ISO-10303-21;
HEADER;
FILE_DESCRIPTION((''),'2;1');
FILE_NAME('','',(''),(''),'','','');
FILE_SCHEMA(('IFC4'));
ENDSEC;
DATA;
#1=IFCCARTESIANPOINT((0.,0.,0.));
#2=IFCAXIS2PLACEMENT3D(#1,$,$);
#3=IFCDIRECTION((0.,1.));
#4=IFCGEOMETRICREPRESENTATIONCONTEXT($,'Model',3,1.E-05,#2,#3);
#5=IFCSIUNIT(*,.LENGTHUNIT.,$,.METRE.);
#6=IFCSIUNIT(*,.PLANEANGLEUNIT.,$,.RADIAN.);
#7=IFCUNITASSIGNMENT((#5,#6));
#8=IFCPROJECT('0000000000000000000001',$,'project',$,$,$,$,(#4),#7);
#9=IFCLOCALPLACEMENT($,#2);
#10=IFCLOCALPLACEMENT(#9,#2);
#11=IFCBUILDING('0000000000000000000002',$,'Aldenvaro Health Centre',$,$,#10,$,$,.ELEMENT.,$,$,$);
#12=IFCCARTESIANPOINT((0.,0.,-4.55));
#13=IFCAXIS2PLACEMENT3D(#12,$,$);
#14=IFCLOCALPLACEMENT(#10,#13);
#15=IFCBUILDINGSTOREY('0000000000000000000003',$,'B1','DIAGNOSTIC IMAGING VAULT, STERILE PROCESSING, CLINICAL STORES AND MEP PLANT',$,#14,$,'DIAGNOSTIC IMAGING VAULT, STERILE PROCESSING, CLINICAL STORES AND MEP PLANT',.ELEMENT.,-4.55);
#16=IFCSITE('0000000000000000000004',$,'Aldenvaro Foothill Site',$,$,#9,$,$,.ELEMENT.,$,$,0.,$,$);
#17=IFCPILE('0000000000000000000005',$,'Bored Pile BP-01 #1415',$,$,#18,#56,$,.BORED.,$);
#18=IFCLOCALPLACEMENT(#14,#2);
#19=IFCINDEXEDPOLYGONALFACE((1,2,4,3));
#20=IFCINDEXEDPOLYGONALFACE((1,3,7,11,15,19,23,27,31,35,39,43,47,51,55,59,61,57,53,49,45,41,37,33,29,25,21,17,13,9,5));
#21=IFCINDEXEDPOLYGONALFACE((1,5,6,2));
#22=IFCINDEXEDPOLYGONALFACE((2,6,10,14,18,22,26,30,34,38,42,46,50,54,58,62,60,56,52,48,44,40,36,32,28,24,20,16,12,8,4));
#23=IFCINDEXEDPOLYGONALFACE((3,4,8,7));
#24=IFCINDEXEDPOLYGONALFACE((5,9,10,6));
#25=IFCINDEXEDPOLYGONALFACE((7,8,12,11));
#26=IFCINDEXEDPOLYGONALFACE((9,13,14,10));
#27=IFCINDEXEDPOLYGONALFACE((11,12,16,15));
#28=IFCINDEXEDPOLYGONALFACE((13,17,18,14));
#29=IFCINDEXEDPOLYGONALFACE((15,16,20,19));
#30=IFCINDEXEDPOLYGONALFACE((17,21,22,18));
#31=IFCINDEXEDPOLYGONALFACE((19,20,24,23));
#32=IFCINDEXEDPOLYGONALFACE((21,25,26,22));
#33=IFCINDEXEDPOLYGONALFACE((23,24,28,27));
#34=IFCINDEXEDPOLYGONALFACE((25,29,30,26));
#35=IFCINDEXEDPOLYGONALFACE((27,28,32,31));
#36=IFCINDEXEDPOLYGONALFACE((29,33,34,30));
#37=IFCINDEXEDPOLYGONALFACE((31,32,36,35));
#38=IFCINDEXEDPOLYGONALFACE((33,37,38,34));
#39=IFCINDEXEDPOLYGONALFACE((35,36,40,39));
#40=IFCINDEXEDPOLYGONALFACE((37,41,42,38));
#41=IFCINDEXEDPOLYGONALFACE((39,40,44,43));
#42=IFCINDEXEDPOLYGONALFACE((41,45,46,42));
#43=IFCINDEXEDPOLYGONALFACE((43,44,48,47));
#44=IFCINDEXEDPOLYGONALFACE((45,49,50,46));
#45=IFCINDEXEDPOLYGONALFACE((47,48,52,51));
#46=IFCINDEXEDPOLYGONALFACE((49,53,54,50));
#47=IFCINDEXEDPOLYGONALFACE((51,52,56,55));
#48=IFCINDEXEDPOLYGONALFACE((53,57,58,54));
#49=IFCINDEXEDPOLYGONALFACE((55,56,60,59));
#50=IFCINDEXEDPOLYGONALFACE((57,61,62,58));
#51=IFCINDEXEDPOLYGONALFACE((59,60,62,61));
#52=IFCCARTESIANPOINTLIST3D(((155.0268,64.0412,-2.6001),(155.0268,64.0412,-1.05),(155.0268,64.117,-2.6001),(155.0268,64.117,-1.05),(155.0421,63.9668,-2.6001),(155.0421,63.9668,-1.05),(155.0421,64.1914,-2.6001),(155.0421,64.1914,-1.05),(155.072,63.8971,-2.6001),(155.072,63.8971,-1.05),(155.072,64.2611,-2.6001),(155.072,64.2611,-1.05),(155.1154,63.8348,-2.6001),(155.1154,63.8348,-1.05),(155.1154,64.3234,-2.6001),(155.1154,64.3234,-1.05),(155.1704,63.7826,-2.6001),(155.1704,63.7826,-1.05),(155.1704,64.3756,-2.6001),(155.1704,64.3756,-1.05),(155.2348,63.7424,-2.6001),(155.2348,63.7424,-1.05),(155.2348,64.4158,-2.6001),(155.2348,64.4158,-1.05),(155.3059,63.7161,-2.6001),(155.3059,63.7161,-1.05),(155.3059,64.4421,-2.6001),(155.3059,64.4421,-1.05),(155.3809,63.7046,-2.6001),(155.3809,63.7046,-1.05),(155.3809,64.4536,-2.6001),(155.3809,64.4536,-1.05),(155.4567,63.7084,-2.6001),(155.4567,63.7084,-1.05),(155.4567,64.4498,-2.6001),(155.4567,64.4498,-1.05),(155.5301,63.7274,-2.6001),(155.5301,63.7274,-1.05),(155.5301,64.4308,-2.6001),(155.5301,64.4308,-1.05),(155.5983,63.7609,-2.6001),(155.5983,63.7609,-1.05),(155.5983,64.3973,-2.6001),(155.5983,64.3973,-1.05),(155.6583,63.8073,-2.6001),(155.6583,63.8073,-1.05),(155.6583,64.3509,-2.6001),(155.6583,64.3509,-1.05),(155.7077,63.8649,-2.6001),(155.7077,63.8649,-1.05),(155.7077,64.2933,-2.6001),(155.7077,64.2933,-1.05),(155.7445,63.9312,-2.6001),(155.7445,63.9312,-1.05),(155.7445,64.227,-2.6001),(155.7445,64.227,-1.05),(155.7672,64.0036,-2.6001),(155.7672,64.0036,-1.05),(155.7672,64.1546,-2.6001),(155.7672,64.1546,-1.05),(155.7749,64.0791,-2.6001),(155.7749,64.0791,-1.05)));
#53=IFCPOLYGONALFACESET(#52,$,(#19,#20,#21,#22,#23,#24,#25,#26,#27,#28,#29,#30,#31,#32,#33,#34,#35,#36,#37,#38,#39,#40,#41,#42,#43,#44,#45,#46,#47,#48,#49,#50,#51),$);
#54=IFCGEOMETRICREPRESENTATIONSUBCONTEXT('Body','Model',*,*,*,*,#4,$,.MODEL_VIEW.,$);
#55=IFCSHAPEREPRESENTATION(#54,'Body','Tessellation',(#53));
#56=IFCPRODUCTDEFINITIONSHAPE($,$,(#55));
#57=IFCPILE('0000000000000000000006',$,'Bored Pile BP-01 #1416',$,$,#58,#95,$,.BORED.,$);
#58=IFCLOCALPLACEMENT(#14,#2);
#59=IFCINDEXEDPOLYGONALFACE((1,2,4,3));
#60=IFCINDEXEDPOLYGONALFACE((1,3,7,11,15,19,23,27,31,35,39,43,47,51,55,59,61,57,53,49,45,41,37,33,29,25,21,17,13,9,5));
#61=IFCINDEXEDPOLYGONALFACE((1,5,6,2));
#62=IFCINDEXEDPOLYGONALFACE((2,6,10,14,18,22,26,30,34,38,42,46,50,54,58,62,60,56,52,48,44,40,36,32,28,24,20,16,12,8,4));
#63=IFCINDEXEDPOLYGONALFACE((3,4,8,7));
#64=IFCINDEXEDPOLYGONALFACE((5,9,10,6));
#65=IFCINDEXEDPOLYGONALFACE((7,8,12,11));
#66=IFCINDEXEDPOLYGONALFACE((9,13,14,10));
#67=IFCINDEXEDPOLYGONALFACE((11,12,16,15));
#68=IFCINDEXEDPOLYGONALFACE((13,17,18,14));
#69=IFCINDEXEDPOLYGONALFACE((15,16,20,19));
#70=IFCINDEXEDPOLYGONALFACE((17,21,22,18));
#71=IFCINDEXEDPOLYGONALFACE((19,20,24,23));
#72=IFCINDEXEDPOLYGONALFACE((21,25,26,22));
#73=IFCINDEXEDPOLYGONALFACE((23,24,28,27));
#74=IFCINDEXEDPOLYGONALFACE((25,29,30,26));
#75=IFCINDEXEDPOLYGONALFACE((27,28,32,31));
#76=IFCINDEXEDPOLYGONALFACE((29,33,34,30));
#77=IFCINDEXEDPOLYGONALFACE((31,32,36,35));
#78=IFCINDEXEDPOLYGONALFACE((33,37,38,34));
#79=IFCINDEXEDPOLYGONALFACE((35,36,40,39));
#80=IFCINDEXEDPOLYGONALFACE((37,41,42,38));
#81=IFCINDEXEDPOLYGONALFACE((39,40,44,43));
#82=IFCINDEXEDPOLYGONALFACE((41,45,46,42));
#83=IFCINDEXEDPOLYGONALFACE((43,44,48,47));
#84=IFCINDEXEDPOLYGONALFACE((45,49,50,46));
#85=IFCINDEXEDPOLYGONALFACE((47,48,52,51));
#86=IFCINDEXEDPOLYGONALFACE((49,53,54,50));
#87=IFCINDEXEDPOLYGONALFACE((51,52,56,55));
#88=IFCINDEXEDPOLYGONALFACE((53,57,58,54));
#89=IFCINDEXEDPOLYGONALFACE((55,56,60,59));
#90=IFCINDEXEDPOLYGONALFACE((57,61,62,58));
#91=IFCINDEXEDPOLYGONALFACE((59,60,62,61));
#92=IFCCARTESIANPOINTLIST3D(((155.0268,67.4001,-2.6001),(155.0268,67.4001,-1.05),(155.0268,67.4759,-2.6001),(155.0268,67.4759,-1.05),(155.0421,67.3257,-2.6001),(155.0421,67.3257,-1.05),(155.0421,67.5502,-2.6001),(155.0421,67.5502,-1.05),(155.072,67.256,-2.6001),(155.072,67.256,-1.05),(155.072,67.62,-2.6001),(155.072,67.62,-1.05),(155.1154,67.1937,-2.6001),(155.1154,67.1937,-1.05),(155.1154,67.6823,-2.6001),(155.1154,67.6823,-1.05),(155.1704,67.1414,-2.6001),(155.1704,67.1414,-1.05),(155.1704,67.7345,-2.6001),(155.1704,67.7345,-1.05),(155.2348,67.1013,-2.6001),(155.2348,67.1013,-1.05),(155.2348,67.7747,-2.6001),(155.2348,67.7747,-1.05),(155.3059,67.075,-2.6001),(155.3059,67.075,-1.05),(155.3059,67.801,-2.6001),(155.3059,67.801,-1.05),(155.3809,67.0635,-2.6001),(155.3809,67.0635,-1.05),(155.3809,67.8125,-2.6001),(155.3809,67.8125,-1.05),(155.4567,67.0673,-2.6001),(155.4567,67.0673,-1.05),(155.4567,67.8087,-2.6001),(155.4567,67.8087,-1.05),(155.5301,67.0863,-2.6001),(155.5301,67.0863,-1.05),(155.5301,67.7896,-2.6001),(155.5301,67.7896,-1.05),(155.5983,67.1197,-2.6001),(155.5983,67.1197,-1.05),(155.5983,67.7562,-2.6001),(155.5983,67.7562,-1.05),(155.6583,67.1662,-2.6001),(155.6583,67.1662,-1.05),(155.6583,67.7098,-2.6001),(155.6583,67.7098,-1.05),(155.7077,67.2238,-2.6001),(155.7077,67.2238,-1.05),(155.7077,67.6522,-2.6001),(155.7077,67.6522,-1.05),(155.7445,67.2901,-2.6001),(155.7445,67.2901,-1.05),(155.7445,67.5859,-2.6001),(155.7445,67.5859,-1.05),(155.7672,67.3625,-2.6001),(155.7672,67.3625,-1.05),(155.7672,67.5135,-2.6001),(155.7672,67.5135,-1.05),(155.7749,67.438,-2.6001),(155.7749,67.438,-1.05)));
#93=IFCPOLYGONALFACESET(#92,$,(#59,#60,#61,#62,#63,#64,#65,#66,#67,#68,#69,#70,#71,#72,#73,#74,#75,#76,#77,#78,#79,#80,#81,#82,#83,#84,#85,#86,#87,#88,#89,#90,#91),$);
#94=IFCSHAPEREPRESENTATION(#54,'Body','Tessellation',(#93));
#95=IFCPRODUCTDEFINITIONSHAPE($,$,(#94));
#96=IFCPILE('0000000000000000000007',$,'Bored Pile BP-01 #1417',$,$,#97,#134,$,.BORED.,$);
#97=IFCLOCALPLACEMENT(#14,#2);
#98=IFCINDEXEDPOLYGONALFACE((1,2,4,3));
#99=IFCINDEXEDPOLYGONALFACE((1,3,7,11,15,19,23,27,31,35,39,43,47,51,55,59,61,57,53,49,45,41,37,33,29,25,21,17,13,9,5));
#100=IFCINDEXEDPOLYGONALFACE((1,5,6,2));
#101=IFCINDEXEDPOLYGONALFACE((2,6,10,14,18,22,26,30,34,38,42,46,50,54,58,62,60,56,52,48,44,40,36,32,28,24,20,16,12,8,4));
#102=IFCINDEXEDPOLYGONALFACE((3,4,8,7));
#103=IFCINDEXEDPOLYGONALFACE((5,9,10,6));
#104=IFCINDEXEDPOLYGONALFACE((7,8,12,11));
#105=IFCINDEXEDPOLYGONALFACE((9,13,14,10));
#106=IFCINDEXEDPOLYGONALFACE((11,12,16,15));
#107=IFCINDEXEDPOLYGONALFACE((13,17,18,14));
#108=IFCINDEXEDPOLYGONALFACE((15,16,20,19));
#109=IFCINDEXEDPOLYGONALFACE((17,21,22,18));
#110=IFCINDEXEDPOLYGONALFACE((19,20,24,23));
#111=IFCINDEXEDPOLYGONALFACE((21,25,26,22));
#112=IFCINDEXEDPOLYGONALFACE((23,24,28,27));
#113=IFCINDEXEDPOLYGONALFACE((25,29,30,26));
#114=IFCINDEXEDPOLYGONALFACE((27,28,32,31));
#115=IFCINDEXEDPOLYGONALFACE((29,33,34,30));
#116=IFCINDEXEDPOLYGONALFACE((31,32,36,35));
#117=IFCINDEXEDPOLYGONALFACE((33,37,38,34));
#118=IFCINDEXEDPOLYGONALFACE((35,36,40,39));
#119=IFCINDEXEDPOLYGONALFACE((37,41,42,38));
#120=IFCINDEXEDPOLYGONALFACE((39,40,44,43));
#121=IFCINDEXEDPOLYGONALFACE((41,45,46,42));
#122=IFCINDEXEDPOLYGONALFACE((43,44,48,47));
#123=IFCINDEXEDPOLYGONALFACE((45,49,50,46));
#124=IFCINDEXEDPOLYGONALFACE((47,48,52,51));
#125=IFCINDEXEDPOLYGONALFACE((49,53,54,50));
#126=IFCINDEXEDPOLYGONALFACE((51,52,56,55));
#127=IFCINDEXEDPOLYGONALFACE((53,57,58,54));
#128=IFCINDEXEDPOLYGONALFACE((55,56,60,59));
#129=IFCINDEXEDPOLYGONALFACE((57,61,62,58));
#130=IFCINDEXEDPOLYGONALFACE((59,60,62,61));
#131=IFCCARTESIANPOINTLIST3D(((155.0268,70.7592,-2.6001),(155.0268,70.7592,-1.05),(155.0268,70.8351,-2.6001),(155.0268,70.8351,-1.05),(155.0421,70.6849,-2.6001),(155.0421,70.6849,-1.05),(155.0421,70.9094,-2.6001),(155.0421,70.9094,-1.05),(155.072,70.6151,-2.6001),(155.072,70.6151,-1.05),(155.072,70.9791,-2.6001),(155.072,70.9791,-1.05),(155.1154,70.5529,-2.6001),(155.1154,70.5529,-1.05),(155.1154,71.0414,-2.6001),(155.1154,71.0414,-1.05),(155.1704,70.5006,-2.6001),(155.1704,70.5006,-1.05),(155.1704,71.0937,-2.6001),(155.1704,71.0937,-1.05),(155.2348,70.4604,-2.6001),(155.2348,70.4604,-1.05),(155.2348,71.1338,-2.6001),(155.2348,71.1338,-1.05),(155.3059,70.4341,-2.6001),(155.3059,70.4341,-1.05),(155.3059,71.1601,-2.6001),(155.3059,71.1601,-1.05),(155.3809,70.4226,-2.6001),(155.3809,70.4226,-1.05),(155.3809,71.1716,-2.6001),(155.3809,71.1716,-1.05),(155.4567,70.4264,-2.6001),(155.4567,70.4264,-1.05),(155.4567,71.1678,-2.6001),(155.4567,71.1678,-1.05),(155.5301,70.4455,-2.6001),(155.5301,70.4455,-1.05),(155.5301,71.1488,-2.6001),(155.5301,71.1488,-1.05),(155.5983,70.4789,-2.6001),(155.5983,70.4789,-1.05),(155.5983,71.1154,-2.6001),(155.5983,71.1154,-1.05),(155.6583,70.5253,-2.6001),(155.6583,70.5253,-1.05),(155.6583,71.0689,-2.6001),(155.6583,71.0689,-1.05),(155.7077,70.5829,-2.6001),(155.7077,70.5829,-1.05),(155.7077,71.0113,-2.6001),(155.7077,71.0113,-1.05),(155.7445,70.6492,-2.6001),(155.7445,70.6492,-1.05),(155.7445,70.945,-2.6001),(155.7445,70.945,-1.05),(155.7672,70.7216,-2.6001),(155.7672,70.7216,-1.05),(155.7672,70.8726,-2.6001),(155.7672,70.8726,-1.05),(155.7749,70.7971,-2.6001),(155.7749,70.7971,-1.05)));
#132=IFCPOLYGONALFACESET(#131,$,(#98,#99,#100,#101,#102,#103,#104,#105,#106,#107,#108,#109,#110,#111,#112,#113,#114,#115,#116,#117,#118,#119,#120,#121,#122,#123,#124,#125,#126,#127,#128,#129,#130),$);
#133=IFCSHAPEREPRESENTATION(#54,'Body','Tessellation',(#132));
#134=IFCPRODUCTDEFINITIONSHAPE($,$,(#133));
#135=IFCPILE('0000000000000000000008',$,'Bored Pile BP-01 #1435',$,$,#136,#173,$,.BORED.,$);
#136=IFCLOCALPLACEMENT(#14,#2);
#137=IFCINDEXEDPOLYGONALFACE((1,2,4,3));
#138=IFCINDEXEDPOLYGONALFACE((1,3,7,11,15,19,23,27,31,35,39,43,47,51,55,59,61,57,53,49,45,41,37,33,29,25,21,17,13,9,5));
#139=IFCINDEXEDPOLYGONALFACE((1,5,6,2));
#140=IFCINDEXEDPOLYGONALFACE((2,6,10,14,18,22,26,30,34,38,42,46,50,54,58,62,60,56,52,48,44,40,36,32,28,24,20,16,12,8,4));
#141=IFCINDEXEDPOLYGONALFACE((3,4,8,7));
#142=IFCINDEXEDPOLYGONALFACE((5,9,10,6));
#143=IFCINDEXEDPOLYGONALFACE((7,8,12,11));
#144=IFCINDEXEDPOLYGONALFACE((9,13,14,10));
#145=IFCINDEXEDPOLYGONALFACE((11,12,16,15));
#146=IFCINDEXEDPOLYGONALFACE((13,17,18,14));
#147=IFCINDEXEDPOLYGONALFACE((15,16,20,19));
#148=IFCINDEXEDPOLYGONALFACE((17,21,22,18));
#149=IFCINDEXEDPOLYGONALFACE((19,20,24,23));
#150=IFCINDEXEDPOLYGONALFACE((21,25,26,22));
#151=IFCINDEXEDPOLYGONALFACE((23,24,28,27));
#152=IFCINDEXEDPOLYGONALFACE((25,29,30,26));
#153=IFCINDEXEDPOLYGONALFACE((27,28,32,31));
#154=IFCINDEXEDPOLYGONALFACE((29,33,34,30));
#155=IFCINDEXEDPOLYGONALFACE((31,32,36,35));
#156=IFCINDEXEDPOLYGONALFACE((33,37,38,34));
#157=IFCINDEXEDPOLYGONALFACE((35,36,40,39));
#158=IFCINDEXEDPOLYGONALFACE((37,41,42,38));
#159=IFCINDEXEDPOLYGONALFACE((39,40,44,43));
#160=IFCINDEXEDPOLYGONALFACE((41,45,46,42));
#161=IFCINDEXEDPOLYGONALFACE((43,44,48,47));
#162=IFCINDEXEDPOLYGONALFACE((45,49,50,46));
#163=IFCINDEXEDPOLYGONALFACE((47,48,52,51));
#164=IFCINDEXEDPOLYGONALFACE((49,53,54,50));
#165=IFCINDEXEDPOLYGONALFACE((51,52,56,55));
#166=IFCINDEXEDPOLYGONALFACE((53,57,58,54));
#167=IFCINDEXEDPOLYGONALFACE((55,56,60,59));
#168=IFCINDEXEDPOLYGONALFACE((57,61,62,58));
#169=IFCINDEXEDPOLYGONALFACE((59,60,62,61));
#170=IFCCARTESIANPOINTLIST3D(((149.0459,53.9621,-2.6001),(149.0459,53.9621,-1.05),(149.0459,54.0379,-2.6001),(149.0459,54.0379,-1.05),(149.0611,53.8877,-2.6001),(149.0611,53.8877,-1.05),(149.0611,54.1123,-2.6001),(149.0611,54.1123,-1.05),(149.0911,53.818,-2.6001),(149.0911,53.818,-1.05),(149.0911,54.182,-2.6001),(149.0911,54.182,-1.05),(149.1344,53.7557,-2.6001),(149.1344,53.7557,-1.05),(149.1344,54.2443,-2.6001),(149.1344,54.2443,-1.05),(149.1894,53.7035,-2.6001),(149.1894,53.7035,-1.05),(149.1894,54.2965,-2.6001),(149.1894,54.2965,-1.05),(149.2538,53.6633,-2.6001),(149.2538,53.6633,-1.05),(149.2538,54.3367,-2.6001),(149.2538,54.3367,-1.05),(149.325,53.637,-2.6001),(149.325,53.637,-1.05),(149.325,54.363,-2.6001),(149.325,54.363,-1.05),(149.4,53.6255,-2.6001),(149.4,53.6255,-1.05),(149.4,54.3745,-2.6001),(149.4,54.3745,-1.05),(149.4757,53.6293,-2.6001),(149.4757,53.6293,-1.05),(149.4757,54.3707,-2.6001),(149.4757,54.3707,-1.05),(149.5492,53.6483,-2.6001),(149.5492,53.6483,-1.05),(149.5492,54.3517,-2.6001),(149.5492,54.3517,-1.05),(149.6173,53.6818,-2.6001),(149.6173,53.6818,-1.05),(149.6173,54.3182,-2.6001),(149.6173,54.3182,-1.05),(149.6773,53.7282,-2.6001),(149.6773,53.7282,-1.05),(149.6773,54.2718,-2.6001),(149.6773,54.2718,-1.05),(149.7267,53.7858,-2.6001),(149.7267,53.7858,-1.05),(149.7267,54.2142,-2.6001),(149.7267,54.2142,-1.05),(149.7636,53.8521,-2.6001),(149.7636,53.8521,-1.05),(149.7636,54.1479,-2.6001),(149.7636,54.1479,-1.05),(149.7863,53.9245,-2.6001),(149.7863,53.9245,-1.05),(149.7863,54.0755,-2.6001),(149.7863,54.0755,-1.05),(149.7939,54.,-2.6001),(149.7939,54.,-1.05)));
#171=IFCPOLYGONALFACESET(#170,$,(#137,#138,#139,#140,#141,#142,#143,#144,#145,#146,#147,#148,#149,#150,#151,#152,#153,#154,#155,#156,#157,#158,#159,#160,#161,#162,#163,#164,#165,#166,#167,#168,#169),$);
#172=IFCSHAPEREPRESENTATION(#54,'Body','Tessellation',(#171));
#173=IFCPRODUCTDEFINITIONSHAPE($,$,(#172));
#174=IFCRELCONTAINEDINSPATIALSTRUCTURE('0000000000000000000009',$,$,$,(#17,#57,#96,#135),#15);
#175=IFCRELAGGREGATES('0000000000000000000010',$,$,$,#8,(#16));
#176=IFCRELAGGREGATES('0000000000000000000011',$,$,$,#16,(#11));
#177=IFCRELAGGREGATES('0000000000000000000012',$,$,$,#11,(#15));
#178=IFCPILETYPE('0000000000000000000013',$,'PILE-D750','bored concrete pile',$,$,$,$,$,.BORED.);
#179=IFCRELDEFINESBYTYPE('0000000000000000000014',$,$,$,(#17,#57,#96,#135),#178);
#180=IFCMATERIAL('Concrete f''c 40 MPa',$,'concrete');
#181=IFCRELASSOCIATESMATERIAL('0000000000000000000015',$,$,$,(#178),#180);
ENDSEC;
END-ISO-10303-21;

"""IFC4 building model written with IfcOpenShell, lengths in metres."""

from ifc_helpers import new_model, si_unit, direction, frame, origin, origin_2d, place, context, subcontext, project, spatial, circle, extrude, material, material_profile, profile_set, type_object, element, save


model = new_model("IFC4")

# Units and contexts
model_context = context("Model", 3, precision=1e-05, world=origin(), true_north=direction((0.0, 1.0)))
body_context = subcontext(model_context, "Body", "Model", "MODEL_VIEW")
ifc_project = project(units=[si_unit("LENGTHUNIT", "METRE"), si_unit("PLANEANGLEUNIT", "RADIAN")], contexts=[model_context])

# Site, building, storey
site_placement = place(None, origin())
site = spatial("IfcSite", under=ifc_project, at=site_placement, Name="Aldenvaro Foothill Site", CompositionType="ELEMENT", RefElevation=0.0)
building_placement = place(site_placement, origin())
building = spatial("IfcBuilding", under=site, at=building_placement, Name="Aldenvaro Health Centre", CompositionType="ELEMENT")
storey_placement = place(building_placement, frame((0.0, 0.0, -4.55)))
storey = spatial("IfcBuildingStorey", under=building, at=storey_placement, Name="B1", Description="DIAGNOSTIC IMAGING VAULT, STERILE PROCESSING, CLINICAL STORES AND MEP PLANT", LongName="DIAGNOSTIC IMAGING VAULT, STERILE PROCESSING, CLINICAL STORES AND MEP PLANT", CompositionType="ELEMENT", Elevation=-4.55)

# Shared definitions
ifc_material_1 = material(Name="Concrete f'c 40 MPa", Category="concrete")

# Piles
ifc_material_profile_1 = material_profile(ifc_material_1, circle(Radius=0.375, at=origin_2d()), Name="PILE D750", Category="concrete")
ifc_profile_set_1 = profile_set([ifc_material_profile_1], Name="Concrete f'c 40 MPa")
pile_type_1 = type_object("IfcPileType", Name="PILE-D750", Description="bored concrete pile", PredefinedType="BORED", material=ifc_profile_set_1)
for number, where, z_axis, x_axis, name in (
    (1, (155.3999, 64.0791, -1.05), (0.0, 0.0, -1.0), (1.0, 0.0, 0.0), "Bored Pile BP-01 #1415"),
    (2, (155.3999, 67.438, -1.05), (0.0, 0.0, -1.0), (1.0, 0.0, 0.0), "Bored Pile BP-01 #1416"),
    (3, (155.3999, 70.7971, -1.05), (0.0, 0.0, -1.0), (1.0, 0.0, 0.0), "Bored Pile BP-01 #1417"),
    (4, (149.4189, 54.0, -1.05), (0.0, 0.0, -1.0), (1.0, 0.0, 0.0), "Bored Pile BP-01 #1435"),
):
    element("IfcPile", number, at=place(storey_placement, frame(where, z_axis=z_axis, x_axis=x_axis)), inside=storey, type_object=pile_type_1, Name=name, PredefinedType="BORED", context=body_context, shape_type="SweptSolid", body=[
        extrude(circle(Radius=0.375, at=origin_2d()), origin(), (0.0, 0.0, 1.0), 1.55),
    ])

save(model, "model.ifc")
